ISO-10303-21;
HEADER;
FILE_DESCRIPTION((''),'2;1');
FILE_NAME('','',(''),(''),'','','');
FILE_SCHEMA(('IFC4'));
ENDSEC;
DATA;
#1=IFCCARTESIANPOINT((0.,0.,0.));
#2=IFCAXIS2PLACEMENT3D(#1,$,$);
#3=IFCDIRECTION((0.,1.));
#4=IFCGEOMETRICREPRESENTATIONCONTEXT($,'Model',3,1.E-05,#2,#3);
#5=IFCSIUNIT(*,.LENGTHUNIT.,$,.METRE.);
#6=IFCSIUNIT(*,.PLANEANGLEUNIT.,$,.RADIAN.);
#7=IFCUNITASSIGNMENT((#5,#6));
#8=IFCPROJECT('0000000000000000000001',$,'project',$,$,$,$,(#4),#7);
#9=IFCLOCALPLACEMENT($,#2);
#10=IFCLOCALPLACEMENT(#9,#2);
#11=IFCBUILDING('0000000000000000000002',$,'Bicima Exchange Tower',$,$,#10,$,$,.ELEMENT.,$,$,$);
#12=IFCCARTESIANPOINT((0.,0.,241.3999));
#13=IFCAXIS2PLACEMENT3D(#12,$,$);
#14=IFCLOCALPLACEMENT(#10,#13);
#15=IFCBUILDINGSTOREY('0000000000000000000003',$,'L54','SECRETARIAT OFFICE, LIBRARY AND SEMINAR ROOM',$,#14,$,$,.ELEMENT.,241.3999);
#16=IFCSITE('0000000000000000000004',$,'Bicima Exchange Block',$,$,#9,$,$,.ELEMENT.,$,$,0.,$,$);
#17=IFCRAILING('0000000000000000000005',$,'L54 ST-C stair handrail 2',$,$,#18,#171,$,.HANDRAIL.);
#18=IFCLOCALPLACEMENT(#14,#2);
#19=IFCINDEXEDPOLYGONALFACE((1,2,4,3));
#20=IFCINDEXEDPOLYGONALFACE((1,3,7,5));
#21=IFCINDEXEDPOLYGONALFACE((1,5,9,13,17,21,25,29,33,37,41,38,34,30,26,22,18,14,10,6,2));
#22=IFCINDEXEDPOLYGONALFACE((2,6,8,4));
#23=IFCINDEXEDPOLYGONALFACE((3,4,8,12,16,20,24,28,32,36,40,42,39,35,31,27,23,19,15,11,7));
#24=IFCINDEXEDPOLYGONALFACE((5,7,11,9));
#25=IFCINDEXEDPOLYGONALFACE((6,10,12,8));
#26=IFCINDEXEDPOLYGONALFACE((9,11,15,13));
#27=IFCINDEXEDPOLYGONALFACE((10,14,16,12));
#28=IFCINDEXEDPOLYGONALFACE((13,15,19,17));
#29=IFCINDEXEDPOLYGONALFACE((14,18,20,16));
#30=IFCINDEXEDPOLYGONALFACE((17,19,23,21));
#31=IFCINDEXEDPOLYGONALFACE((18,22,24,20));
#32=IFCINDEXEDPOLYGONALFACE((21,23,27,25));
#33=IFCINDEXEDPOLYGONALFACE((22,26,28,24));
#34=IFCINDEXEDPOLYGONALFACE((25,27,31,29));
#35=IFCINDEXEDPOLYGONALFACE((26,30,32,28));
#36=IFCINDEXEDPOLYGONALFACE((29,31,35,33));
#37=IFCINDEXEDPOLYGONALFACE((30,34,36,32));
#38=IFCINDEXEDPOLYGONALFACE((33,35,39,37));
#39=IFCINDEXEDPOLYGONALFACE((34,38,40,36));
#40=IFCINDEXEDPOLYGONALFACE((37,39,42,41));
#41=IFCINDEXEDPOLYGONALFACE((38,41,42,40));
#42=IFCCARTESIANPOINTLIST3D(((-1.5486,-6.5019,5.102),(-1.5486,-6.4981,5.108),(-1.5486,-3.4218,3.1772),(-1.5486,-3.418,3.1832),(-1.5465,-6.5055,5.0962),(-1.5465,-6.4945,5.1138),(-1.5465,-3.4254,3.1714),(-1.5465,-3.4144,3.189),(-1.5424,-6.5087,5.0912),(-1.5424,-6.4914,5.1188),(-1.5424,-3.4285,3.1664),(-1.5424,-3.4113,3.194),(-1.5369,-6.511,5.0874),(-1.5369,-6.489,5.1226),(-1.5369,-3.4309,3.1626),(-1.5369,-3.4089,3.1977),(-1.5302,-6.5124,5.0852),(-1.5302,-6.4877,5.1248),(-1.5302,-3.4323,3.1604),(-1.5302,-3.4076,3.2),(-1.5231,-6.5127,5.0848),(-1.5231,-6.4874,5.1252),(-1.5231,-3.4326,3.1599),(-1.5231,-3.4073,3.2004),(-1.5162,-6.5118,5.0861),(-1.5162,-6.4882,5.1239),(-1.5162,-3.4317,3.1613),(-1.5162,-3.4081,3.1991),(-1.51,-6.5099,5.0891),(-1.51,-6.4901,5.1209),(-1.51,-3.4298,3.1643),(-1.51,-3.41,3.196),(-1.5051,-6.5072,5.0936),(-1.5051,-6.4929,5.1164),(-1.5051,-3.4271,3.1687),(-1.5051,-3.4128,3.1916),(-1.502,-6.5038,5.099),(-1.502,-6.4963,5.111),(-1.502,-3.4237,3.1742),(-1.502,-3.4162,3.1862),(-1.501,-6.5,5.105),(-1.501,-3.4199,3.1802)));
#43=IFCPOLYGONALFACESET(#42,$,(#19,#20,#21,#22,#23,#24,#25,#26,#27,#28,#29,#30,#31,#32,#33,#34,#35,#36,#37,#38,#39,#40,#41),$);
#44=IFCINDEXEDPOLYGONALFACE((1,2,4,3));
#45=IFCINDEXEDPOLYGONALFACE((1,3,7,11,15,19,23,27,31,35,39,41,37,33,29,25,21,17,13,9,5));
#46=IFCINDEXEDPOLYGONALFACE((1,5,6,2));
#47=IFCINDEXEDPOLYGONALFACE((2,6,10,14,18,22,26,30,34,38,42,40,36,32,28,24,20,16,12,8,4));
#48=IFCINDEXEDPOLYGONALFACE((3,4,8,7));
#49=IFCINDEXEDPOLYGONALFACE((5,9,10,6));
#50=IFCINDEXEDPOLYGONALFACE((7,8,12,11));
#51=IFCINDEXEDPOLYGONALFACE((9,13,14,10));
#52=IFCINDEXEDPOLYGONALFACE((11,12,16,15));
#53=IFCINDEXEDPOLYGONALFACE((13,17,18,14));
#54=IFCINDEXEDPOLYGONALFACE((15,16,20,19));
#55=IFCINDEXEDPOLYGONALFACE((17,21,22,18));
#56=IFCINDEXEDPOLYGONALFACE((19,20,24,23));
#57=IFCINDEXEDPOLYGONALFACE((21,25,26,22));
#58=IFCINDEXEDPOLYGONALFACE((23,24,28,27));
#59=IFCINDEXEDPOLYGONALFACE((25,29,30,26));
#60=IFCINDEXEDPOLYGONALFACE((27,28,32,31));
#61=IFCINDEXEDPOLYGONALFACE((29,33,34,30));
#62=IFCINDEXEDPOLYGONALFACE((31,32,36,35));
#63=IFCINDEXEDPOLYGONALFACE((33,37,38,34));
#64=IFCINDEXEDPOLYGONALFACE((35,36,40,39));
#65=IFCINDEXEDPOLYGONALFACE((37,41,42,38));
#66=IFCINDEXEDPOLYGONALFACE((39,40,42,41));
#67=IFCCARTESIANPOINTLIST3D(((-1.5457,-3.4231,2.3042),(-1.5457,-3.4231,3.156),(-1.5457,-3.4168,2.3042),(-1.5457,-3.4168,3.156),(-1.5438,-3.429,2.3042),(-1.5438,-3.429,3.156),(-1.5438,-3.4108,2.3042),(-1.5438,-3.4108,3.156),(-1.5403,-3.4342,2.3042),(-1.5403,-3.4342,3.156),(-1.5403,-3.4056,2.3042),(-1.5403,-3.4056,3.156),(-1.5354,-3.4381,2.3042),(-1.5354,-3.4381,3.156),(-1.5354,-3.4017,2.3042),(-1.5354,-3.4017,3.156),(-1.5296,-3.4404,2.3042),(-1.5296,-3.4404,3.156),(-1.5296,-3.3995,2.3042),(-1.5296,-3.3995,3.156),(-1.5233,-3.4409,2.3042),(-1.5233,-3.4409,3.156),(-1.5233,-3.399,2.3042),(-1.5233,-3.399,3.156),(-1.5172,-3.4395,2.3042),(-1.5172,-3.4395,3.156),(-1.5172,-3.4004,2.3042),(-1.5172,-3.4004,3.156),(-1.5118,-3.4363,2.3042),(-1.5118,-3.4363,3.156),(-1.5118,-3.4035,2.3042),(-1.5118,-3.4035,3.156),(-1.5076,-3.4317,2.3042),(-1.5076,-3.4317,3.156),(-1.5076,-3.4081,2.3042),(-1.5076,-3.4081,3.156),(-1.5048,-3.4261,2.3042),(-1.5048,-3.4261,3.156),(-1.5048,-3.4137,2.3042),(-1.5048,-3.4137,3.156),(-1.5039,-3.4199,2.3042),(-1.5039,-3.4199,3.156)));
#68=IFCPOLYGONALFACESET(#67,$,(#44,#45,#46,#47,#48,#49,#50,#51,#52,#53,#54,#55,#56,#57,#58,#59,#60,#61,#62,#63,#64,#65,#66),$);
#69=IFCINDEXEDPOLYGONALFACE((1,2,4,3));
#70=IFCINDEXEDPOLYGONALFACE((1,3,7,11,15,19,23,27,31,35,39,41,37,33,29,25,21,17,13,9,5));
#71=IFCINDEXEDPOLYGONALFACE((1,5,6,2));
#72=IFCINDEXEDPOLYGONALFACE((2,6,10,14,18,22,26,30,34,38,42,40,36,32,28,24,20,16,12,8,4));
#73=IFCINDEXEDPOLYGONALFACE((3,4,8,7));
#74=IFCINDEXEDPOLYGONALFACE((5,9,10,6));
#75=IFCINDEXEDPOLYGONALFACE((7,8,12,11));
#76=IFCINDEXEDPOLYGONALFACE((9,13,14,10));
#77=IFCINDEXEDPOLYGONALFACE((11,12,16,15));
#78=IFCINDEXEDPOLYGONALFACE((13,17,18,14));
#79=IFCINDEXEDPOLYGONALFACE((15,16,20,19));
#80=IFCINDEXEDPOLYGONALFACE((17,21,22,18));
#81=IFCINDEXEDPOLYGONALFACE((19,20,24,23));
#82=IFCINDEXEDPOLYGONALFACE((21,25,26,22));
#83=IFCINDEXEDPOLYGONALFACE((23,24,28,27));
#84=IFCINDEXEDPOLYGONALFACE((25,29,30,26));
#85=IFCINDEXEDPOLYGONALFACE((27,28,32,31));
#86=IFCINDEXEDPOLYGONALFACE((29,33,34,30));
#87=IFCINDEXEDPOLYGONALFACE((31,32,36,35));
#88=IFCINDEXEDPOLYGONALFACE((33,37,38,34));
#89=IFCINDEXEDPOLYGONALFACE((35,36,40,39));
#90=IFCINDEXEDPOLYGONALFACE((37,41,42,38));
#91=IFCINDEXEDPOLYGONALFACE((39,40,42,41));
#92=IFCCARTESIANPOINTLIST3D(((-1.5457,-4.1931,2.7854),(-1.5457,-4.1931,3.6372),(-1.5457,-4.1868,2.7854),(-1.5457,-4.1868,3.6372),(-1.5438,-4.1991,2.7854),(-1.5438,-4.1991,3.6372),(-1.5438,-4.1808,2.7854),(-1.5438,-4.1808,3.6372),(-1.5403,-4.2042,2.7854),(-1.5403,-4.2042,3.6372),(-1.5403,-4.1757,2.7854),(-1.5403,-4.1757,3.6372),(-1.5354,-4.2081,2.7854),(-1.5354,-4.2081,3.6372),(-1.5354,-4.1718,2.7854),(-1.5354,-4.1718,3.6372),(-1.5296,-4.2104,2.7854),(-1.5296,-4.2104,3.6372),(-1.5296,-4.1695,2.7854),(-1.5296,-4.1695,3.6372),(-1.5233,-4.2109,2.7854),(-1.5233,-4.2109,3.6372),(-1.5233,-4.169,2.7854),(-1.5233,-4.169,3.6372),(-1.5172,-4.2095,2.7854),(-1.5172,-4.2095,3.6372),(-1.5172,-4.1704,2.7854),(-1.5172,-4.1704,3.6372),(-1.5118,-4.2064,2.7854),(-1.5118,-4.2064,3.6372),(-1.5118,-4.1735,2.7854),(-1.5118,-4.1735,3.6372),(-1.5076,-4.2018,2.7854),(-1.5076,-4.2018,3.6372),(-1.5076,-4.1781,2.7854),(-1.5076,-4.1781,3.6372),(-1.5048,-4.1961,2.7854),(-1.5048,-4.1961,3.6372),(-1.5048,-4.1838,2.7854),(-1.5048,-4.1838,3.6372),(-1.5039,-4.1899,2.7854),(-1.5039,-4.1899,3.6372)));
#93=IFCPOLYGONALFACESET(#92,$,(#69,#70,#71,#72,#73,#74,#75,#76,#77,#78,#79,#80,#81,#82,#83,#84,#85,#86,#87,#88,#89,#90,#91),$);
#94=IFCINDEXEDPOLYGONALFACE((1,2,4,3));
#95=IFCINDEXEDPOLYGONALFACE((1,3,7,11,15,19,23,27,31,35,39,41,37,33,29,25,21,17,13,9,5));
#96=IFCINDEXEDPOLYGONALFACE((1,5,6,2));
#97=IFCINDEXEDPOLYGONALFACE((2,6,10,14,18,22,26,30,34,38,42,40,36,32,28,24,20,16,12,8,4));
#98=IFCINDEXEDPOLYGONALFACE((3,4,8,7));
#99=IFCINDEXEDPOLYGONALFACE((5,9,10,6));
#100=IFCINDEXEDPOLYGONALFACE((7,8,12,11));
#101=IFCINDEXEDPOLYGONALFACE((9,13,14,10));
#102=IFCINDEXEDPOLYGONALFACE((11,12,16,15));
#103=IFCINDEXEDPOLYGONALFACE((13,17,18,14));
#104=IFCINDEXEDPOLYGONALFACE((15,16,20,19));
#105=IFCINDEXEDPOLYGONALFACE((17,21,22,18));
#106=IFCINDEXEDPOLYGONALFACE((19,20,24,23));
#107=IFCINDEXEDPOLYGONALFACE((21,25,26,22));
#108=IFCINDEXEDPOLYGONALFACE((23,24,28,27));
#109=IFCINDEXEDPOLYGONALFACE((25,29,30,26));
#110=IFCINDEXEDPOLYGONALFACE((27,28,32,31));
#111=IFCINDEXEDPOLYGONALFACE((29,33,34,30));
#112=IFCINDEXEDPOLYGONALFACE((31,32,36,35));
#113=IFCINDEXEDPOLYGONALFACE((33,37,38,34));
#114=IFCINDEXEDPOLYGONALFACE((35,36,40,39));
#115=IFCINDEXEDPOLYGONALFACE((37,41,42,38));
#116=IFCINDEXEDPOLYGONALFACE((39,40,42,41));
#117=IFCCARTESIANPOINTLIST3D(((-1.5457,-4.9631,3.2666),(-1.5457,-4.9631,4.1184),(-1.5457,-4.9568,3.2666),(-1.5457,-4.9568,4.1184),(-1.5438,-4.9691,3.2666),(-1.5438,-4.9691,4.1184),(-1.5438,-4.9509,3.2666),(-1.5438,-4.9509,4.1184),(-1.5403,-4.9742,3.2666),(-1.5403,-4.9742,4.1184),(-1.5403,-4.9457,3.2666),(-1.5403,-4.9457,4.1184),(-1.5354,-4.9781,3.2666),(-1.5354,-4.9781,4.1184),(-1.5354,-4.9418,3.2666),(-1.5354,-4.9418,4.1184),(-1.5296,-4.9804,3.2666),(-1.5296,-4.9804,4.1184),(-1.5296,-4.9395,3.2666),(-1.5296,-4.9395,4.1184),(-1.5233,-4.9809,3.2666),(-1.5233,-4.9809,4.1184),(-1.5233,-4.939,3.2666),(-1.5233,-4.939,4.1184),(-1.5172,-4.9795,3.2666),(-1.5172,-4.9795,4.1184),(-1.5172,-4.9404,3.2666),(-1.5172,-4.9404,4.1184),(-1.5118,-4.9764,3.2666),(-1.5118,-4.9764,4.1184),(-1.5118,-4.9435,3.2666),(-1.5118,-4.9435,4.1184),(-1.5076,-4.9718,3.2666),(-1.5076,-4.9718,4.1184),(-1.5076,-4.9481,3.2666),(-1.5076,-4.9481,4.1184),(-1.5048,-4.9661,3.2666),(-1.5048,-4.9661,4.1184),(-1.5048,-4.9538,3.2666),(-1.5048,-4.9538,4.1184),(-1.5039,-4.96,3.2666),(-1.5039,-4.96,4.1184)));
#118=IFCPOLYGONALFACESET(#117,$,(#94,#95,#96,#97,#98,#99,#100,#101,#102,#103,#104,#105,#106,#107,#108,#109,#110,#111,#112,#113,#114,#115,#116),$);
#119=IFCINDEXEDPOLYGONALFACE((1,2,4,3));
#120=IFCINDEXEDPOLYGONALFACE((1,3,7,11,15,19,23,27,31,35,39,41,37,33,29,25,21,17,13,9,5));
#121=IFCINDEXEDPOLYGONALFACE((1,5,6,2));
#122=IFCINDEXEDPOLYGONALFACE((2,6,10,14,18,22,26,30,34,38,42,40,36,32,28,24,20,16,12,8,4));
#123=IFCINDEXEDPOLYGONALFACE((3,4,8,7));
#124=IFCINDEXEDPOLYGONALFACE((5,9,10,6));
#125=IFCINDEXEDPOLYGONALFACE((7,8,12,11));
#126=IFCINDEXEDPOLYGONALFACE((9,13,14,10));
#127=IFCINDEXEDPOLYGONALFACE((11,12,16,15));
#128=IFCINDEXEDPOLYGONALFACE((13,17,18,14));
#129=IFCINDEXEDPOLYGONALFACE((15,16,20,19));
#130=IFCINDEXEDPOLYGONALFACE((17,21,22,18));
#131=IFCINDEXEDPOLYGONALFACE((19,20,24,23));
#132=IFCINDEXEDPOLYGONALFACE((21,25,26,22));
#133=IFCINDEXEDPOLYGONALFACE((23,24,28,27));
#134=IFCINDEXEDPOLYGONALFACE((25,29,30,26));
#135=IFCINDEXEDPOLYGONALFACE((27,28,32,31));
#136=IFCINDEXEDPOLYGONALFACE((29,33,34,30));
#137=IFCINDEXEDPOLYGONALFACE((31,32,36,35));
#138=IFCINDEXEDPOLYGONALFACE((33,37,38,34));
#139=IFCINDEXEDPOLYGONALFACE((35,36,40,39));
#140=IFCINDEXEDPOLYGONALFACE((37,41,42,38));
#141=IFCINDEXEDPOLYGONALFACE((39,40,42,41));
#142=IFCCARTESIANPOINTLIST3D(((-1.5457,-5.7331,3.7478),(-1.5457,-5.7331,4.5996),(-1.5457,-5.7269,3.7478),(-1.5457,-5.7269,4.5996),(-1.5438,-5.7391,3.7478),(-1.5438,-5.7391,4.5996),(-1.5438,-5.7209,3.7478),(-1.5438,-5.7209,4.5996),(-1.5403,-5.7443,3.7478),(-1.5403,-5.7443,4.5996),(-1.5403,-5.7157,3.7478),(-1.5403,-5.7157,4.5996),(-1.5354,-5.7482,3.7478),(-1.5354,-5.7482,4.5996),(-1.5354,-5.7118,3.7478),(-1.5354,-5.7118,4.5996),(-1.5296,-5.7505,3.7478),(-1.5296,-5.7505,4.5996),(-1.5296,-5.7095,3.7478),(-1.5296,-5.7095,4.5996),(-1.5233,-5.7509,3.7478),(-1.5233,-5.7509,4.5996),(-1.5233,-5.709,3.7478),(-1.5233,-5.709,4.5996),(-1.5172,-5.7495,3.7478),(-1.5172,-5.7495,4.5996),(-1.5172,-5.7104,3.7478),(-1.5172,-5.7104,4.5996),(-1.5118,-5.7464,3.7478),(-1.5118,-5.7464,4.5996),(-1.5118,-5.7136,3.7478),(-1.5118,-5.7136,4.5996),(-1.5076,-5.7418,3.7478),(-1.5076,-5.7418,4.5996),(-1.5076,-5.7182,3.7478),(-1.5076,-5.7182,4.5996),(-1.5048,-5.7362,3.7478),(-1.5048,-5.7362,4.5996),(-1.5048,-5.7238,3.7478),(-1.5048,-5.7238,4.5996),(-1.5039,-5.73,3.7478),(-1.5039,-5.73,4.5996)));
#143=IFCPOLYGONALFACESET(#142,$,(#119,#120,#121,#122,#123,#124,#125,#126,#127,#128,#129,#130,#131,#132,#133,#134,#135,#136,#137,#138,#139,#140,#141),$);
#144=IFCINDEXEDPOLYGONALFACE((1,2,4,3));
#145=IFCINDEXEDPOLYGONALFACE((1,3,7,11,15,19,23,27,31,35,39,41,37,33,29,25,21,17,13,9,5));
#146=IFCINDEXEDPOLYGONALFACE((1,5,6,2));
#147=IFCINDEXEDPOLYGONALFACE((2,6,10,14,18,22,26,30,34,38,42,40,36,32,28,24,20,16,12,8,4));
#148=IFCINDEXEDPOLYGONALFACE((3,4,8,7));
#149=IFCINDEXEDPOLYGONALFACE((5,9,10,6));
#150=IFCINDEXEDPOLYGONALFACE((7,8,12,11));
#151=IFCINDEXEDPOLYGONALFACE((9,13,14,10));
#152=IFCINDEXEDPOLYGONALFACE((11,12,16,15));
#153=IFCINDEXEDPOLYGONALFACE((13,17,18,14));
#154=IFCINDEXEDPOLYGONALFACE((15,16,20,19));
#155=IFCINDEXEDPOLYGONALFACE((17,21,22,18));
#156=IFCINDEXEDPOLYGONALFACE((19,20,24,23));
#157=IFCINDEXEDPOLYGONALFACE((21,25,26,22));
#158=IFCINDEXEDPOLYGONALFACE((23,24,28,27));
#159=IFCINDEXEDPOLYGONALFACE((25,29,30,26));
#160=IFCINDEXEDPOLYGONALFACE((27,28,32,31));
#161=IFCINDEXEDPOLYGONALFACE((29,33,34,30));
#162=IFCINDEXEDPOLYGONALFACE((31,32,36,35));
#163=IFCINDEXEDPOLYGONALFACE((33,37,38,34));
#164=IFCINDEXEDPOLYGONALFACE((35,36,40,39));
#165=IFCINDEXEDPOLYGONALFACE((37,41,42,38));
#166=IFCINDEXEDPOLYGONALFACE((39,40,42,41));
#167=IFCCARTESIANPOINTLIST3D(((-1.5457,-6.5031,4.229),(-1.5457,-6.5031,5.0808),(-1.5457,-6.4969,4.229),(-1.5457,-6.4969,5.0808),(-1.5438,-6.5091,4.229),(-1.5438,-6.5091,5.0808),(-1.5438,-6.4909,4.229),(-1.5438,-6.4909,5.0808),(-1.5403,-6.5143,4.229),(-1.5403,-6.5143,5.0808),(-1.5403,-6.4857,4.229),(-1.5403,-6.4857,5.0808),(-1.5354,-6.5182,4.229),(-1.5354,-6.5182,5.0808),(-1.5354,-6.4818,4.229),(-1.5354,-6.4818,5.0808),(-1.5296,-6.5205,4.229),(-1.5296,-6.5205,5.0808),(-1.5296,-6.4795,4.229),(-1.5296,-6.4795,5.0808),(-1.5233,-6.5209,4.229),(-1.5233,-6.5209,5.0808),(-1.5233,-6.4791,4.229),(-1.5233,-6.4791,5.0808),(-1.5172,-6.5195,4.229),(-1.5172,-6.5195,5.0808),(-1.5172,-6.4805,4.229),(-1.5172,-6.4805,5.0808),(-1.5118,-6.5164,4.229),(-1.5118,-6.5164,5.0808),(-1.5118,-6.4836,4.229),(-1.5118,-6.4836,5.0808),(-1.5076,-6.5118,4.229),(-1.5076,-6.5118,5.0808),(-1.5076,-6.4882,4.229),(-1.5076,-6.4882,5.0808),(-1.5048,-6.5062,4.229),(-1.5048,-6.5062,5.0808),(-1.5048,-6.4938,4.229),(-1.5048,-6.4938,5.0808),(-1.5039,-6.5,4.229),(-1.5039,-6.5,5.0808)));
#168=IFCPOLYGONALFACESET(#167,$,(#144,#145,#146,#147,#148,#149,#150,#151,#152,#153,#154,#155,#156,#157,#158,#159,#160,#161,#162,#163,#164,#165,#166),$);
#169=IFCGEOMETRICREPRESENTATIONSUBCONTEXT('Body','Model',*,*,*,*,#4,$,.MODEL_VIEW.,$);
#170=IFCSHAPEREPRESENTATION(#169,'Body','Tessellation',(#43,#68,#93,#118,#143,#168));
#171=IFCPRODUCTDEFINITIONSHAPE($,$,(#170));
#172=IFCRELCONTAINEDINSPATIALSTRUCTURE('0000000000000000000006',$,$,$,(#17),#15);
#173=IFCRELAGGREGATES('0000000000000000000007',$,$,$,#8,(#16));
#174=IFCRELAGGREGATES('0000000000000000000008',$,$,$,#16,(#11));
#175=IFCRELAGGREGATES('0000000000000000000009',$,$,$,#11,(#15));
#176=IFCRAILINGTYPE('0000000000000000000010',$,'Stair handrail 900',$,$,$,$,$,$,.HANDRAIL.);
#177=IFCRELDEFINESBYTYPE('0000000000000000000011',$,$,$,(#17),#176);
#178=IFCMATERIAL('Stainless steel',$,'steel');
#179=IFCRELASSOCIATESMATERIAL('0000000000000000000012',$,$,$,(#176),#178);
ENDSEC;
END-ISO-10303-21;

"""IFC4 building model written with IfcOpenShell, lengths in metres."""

from ifc_helpers import new_model, si_unit, direction, frame, origin, origin_2d, place, context, subcontext, project, spatial, circle, extrude, material, type_object, element, save


model = new_model("IFC4")

# Units and contexts
model_context = context("Model", 3, precision=1e-05, world=origin(), true_north=direction((0.0, 1.0)))
body_context = subcontext(model_context, "Body", "Model", "MODEL_VIEW")
ifc_project = project(units=[si_unit("LENGTHUNIT", "METRE"), si_unit("PLANEANGLEUNIT", "RADIAN")], contexts=[model_context])

# Site, building, storey
site_placement = place(None, origin())
site = spatial("IfcSite", under=ifc_project, at=site_placement, Name="Bicima Exchange Block", CompositionType="ELEMENT", RefElevation=0.0)
building_placement = place(site_placement, origin())
building = spatial("IfcBuilding", under=site, at=building_placement, Name="Bicima Exchange Tower", CompositionType="ELEMENT")
storey_placement = place(building_placement, frame((0.0, 0.0, 241.3999)))
storey = spatial("IfcBuildingStorey", under=building, at=storey_placement, Name="L54", Description="SECRETARIAT OFFICE, LIBRARY AND SEMINAR ROOM", CompositionType="ELEMENT", Elevation=241.3999)

# Railing
ifc_material_1 = material(Name="Stainless steel", Category="steel")
railing_type = type_object("IfcRailingType", Name="Stair handrail 900", PredefinedType="HANDRAIL", material=ifc_material_1)
railing_placement = place(storey_placement, frame((-1.5249, -3.4199, 2.3042)))
element("IfcRailing", 1, at=railing_placement, inside=storey, type_object=railing_type, Name="L54 ST-C stair handrail 2", PredefinedType="HANDRAIL", context=body_context, shape_type="SweptSolid", body=[
    extrude(circle(Radius=0.0239, at=origin_2d()), frame((0.0, 0.0, 0.876), z_axis=(0.0, -0.848029, 0.529951), x_axis=(1.0, 0.0, 0.0)), (0.0, 0.0, 1.0), 3.6321),
    extrude(circle(Radius=0.021, at=origin_2d()), origin(), (0.0, 0.0, 1.0), 0.8518),
    extrude(circle(Radius=0.021, at=origin_2d()), frame((0.0, -0.77, 0.4812)), (0.0, 0.0, 1.0), 0.8518),
    extrude(circle(Radius=0.021, at=origin_2d()), frame((0.0, -1.54, 0.9624)), (0.0, 0.0, 1.0), 0.8518),
    extrude(circle(Radius=0.021, at=origin_2d()), frame((0.0, -2.3101, 1.4436)), (0.0, 0.0, 1.0), 0.8518),
    extrude(circle(Radius=0.021, at=origin_2d()), frame((0.0, -3.0801, 1.9248)), (0.0, 0.0, 1.0), 0.8518),
])

save(model, "model.ifc")
